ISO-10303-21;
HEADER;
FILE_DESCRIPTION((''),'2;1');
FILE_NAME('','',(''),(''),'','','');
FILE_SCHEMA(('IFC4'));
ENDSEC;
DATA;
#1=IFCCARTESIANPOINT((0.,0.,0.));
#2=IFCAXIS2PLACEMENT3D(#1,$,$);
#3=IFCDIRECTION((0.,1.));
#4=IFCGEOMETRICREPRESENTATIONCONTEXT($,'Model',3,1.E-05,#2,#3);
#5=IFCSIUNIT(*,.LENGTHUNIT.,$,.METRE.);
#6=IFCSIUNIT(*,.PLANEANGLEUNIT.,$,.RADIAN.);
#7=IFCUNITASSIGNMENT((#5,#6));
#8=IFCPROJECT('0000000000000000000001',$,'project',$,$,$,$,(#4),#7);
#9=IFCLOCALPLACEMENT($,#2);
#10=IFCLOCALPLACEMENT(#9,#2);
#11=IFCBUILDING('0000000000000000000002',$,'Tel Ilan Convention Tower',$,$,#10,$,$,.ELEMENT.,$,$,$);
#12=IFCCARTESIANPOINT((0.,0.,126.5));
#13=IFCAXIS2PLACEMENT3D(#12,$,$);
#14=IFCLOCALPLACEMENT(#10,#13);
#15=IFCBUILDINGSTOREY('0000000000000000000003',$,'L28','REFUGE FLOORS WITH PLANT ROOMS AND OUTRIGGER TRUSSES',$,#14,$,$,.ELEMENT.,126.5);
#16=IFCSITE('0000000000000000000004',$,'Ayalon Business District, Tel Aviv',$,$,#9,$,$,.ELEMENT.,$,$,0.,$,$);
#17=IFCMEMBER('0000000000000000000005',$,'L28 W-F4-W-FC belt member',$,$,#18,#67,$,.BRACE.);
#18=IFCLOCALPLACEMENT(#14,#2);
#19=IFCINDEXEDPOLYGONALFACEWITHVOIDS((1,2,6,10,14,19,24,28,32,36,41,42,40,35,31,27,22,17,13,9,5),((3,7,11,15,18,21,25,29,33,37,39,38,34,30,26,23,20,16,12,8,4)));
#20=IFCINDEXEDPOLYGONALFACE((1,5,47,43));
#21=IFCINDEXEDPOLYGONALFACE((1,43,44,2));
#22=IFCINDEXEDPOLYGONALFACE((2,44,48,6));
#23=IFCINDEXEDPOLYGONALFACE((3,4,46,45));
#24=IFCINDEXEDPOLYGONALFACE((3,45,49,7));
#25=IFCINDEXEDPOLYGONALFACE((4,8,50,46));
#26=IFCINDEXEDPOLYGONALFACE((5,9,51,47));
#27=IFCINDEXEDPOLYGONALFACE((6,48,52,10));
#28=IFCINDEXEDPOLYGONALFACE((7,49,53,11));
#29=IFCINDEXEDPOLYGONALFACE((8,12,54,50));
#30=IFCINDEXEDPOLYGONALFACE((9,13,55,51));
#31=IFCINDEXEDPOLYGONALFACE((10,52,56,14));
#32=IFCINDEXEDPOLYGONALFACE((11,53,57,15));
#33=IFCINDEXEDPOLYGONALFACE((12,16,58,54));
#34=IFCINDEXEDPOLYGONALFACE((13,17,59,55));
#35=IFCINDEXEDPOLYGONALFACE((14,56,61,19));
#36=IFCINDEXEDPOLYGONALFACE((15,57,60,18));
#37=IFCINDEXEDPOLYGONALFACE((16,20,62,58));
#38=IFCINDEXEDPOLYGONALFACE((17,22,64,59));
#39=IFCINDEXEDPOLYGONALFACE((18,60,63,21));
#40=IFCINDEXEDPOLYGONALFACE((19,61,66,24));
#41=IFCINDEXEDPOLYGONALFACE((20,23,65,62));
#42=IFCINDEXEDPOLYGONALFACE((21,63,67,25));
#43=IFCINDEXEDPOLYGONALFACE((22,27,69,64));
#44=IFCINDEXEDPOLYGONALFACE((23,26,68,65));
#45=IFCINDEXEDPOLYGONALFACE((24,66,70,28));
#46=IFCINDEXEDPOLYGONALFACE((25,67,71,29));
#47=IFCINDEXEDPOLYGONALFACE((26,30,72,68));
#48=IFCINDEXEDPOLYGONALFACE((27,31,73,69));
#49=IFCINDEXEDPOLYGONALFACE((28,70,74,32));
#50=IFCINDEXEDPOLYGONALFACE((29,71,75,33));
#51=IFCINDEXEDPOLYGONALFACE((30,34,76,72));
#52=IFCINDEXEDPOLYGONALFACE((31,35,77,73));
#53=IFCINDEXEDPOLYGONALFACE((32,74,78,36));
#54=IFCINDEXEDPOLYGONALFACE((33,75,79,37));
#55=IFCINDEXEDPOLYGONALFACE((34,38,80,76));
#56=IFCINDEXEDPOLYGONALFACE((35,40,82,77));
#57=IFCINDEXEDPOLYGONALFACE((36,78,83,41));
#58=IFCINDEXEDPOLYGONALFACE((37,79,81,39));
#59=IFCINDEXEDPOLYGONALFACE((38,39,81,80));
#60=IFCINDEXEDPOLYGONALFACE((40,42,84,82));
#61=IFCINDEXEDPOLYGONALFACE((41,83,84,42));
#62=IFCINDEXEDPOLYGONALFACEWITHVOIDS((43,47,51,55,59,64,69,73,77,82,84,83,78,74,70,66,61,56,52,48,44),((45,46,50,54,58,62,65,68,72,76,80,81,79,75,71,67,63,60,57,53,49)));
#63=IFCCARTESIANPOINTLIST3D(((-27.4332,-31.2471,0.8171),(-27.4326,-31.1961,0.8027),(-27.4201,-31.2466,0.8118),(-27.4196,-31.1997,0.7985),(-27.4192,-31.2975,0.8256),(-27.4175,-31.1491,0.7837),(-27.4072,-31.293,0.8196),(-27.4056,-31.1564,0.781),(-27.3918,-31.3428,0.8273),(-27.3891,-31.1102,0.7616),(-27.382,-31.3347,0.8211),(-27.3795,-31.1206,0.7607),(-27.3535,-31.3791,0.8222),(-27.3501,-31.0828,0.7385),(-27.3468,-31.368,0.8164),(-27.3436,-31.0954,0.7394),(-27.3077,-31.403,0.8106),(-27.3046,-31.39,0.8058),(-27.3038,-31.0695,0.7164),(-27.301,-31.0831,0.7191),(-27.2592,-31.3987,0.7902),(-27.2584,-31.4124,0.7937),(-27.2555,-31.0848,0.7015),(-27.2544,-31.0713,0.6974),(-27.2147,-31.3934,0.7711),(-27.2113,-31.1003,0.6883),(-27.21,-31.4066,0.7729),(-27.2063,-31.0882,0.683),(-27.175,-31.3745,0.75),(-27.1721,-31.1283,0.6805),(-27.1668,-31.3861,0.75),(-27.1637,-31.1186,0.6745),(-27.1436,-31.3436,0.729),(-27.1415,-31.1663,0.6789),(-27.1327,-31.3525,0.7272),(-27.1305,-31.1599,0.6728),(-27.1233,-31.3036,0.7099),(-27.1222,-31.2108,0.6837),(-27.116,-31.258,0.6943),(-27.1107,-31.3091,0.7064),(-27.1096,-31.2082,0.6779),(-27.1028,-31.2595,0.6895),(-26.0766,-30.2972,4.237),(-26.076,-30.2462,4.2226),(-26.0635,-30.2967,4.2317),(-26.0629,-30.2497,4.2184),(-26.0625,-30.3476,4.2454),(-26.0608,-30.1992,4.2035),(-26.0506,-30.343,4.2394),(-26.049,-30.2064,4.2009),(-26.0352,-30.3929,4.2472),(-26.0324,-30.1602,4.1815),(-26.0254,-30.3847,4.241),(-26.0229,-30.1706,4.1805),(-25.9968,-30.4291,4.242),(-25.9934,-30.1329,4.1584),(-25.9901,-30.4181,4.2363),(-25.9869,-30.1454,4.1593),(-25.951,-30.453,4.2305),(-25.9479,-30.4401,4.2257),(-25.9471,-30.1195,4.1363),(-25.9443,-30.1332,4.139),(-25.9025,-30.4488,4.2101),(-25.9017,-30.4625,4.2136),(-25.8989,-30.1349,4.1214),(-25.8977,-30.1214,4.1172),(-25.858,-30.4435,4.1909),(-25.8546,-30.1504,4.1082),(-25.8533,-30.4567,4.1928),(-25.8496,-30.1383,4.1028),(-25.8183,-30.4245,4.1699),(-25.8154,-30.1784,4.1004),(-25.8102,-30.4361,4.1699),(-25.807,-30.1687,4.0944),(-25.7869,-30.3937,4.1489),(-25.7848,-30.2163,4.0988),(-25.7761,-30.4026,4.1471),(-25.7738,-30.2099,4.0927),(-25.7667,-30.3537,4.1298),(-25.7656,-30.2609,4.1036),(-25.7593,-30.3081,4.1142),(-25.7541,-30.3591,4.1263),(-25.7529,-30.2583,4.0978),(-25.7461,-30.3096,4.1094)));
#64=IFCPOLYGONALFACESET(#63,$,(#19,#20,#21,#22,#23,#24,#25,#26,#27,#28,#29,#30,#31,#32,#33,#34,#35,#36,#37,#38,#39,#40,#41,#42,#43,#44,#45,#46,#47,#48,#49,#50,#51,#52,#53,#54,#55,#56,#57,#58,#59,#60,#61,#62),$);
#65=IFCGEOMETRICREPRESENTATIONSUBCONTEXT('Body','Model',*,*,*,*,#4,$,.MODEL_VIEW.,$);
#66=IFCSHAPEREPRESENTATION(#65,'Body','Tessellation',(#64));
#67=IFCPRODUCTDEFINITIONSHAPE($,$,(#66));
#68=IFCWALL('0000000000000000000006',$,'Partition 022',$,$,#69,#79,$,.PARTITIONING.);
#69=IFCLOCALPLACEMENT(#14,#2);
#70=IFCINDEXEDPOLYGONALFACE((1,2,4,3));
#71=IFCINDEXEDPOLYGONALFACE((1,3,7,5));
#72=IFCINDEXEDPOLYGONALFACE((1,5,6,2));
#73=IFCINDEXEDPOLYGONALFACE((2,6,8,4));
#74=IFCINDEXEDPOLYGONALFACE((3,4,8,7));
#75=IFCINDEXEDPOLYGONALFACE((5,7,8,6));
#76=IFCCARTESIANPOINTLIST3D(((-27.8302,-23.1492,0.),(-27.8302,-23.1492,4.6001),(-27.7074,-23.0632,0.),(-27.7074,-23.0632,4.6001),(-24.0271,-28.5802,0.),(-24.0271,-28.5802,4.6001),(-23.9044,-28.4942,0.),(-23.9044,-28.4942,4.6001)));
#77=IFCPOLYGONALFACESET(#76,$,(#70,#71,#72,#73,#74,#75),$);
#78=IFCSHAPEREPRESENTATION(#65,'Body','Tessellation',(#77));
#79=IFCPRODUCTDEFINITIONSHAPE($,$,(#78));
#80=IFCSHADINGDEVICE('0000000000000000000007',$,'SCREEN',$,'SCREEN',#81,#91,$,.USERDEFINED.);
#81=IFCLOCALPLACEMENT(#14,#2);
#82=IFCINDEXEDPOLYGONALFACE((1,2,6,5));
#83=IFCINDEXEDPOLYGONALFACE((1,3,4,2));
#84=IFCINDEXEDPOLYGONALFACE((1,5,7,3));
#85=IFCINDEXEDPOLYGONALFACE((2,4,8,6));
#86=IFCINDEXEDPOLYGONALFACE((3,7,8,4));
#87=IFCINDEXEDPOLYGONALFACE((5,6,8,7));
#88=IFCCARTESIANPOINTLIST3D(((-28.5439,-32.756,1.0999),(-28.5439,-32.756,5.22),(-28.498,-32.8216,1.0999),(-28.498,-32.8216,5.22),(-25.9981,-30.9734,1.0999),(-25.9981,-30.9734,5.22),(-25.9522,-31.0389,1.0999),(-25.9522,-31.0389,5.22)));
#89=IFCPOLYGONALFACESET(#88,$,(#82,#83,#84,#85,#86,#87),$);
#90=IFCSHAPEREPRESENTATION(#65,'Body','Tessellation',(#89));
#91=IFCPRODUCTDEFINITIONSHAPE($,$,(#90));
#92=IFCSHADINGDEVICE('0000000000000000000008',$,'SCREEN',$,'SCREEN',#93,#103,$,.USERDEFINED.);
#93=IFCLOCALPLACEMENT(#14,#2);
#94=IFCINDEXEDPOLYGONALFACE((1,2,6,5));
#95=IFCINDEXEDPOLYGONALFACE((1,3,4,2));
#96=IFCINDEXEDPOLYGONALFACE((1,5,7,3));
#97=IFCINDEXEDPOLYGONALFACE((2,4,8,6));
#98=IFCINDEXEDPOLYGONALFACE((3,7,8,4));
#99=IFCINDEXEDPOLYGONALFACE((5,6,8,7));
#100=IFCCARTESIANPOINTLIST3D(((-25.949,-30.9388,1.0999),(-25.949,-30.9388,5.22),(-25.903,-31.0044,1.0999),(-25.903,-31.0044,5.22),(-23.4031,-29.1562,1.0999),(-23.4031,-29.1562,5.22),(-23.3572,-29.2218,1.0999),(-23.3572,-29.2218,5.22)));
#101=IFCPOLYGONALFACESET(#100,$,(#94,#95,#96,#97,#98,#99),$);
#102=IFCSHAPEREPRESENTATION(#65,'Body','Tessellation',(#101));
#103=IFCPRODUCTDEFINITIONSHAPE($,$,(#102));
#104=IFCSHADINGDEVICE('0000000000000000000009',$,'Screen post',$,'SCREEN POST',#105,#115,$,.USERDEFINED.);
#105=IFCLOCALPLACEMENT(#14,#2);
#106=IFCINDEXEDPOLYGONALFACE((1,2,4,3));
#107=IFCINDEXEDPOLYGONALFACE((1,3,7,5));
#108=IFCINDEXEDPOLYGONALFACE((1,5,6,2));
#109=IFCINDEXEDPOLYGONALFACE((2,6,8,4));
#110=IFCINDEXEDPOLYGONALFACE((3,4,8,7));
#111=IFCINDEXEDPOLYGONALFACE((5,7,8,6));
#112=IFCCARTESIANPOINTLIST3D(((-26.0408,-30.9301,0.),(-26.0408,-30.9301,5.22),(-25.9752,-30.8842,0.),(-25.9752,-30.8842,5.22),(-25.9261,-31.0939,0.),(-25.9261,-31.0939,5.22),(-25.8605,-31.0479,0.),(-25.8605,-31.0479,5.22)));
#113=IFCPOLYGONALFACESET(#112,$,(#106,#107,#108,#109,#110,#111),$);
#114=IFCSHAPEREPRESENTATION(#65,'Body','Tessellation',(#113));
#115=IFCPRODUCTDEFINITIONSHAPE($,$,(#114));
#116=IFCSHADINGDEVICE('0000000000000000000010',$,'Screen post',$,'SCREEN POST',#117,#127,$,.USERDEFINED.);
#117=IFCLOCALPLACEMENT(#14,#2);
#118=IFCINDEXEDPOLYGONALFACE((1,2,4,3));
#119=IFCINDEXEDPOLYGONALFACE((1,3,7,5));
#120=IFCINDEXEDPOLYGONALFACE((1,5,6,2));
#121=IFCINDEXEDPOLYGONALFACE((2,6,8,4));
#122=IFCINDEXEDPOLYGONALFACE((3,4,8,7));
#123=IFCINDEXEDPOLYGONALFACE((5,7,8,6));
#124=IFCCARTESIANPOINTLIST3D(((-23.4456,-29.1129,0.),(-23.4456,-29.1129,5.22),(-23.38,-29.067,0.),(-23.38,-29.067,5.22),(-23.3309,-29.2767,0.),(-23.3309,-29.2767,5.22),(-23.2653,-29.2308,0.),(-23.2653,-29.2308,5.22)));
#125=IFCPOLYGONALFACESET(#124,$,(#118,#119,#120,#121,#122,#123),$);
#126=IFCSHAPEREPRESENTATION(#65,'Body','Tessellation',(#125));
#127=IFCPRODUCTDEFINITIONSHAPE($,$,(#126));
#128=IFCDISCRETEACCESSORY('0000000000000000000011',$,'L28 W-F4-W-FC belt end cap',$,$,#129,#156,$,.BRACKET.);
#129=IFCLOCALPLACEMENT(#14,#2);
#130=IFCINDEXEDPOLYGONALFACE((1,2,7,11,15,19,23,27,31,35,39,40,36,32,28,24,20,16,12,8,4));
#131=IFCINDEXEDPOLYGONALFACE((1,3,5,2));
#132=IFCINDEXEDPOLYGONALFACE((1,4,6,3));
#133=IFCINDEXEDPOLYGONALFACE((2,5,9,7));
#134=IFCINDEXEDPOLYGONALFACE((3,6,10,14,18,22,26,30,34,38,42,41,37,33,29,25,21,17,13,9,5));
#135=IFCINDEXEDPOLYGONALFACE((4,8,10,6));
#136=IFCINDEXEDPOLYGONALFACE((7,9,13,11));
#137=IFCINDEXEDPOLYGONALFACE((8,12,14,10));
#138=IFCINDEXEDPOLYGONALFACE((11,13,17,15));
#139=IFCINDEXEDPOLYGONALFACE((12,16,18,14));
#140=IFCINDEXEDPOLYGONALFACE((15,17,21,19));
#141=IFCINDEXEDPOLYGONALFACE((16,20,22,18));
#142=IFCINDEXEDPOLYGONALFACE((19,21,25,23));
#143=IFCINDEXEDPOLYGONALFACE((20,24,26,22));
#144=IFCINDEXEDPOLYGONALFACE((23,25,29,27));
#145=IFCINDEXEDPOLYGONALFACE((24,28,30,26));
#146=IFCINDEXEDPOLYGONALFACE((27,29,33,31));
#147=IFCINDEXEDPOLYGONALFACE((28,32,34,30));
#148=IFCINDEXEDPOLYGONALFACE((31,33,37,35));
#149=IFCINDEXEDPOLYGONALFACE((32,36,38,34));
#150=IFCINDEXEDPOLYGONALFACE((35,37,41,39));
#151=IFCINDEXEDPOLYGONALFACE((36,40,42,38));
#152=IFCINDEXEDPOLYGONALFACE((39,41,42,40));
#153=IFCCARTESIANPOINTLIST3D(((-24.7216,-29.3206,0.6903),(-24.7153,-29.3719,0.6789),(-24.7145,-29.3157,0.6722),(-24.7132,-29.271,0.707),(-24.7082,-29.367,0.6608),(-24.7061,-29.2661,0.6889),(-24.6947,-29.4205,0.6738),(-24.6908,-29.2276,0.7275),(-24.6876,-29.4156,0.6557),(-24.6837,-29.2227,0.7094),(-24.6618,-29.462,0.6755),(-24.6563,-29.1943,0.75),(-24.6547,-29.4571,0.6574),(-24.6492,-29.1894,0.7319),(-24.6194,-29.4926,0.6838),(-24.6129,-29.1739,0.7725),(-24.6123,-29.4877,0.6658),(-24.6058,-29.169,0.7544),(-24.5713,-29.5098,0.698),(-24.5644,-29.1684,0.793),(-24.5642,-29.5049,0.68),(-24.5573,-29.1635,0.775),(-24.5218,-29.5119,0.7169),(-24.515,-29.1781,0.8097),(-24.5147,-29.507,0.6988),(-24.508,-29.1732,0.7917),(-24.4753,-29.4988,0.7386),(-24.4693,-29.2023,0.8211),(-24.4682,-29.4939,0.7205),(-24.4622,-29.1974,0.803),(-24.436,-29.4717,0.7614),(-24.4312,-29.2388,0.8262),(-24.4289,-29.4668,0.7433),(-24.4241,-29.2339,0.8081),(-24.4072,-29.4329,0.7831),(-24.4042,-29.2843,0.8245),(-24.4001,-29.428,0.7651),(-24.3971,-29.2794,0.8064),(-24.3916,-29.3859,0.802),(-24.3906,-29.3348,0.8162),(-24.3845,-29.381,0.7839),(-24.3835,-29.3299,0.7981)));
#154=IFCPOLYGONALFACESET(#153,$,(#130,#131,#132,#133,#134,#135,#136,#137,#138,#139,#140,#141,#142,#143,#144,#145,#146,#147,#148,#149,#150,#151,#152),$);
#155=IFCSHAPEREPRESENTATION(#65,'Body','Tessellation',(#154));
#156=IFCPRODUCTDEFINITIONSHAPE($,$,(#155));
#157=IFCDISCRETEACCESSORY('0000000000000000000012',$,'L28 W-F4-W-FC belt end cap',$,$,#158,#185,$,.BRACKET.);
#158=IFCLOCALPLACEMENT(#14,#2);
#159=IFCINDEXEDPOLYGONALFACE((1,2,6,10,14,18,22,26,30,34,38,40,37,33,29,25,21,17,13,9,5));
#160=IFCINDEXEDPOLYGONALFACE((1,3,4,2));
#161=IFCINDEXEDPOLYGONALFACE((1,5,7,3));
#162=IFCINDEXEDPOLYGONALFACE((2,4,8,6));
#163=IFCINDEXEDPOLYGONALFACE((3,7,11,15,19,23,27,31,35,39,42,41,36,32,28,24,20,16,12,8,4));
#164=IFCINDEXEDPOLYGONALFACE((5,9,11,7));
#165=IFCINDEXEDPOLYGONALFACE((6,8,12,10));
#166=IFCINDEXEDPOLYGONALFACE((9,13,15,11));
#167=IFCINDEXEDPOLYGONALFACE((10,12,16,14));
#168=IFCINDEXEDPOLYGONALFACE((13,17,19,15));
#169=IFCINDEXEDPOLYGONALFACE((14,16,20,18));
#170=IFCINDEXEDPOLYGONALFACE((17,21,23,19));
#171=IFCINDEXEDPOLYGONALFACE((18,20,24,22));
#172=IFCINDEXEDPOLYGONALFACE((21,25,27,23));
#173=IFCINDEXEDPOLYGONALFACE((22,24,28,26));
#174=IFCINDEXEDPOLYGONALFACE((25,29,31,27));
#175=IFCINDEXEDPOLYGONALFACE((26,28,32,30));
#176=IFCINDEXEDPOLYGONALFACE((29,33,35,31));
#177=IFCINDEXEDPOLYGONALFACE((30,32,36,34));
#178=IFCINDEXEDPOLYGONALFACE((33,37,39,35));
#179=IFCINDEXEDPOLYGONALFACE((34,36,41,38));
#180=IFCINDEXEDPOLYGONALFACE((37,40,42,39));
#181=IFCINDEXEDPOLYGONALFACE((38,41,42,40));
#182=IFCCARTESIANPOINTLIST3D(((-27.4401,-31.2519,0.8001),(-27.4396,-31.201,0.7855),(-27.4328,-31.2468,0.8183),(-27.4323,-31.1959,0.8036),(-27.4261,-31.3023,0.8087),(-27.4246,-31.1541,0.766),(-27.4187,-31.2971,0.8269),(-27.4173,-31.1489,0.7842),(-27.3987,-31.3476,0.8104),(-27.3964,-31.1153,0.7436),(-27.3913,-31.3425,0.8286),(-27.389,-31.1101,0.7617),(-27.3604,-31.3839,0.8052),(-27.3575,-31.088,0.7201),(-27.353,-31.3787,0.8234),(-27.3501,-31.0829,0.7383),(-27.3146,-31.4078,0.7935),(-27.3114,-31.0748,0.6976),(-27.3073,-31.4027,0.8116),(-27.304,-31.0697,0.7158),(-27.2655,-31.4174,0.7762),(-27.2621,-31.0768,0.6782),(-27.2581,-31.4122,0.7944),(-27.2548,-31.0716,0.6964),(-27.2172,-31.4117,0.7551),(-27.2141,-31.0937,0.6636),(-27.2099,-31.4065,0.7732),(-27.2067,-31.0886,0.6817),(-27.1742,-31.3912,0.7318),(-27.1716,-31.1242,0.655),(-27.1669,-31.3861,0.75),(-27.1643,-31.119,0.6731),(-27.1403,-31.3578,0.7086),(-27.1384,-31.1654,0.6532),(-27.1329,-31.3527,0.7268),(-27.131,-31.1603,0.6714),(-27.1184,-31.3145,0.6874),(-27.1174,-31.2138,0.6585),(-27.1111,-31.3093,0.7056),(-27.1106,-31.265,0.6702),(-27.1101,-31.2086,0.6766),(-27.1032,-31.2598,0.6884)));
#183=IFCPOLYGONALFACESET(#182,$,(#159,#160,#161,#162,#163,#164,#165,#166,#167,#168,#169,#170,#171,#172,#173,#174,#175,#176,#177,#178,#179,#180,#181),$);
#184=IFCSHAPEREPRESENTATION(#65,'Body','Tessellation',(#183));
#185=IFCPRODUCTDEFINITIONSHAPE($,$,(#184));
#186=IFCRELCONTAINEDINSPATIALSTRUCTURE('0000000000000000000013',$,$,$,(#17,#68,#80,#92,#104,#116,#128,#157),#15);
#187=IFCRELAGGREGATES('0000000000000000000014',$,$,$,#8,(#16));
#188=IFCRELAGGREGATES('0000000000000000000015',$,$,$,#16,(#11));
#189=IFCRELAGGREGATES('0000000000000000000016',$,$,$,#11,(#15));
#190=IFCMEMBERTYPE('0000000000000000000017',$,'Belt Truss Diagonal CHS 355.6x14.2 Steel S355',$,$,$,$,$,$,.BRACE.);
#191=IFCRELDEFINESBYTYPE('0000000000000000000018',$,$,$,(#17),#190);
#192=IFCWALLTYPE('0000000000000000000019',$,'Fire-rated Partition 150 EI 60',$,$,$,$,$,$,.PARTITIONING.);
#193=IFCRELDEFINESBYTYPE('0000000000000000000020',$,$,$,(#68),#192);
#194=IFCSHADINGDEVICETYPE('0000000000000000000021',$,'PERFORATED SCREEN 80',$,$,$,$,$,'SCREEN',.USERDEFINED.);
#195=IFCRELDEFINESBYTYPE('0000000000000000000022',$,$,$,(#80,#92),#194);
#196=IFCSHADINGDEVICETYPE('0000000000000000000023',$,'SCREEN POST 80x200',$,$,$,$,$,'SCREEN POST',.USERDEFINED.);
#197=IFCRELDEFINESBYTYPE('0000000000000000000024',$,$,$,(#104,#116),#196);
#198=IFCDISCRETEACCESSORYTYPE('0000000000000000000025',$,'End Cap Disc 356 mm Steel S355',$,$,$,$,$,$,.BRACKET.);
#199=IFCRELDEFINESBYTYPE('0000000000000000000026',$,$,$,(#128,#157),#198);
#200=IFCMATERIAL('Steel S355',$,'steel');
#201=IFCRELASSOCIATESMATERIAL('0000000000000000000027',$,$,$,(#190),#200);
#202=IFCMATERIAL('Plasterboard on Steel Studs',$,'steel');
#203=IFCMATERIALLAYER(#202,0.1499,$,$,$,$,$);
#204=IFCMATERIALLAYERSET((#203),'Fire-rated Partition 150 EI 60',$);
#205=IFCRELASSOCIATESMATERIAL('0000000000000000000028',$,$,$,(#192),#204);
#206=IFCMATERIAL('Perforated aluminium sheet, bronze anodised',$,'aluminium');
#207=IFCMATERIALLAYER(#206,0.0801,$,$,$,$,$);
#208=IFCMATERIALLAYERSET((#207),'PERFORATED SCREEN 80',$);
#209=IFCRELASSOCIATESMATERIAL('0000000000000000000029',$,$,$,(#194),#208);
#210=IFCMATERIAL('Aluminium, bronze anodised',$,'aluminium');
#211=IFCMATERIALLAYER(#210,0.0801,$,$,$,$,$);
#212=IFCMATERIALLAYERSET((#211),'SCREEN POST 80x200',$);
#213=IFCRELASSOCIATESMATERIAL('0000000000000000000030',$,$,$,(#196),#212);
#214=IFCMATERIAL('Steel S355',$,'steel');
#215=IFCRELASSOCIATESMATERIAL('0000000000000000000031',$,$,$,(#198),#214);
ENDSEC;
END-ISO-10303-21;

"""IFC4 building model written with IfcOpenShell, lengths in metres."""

from ifc_helpers import new_model, si_unit, direction, frame, frame_2d, origin, origin_2d, place, context, subcontext, project, spatial, rectangle, circle, hollow_circle, extrude, material, layer, layer_set, material_profile, profile_set, type_object, element, save


model = new_model("IFC4")

# Units and contexts
model_context = context("Model", 3, precision=1e-05, world=origin(), true_north=direction((0.0, 1.0)))
body_context = subcontext(model_context, "Body", "Model", "MODEL_VIEW")
ifc_project = project(units=[si_unit("LENGTHUNIT", "METRE"), si_unit("PLANEANGLEUNIT", "RADIAN")], contexts=[model_context])

# Site, building, storey
site_placement = place(None, origin())
site = spatial("IfcSite", under=ifc_project, at=site_placement, Name="Ayalon Business District, Tel Aviv", CompositionType="ELEMENT", RefElevation=0.0)
building_placement = place(site_placement, origin())
building = spatial("IfcBuilding", under=site, at=building_placement, Name="Tel Ilan Convention Tower", CompositionType="ELEMENT")
storey_placement = place(building_placement, frame((0.0, 0.0, 126.5)))
storey = spatial("IfcBuildingStorey", under=building, at=storey_placement, Name="L28", Description="REFUGE FLOORS WITH PLANT ROOMS AND OUTRIGGER TRUSSES", CompositionType="ELEMENT", Elevation=126.5)

# Member
ifc_material_1 = material(Name="Steel S355", Category="steel")
ifc_material_profile_1 = material_profile(ifc_material_1, hollow_circle(Radius=0.1777, WallThickness=0.0142, at=origin_2d()), Name="CHS 355.6x14.2")
ifc_profile_set_1 = profile_set([ifc_material_profile_1], Name="Steel S355")
member_type_1 = type_object("IfcMemberType", Name="Belt Truss Diagonal CHS 355.6x14.2 Steel S355", PredefinedType="BRACE", material=ifc_profile_set_1)
for number, where, z_axis, x_axis, name in (
    (1, (-25.9121, -30.2905, 4.1699), (-0.357037, -0.249997, -0.900014), (0.573571, -0.819156, 0.0), "L28 W-F4-W-FC belt member"),
):
    element("IfcMember", number, at=place(storey_placement, frame(where, z_axis=z_axis, x_axis=x_axis)), inside=storey, type_object=member_type_1, Name=name, PredefinedType="BRACE", context=body_context, shape_type="SweptSolid", body=[
        extrude(hollow_circle(Radius=0.1777, WallThickness=0.0142, at=origin_2d()), origin(), (0.0, 0.0, 1.0), 3.7998),
    ])

# Wall
ifc_material_2 = material(Name="Plasterboard on Steel Studs", Category="steel")
ifc_layer_1 = layer(ifc_material_2, 0.1499)
ifc_layer_set_1 = layer_set([ifc_layer_1], Name="Fire-rated Partition 150 EI 60")
wall_type = type_object("IfcWallType", Name="Fire-rated Partition 150 EI 60", PredefinedType="PARTITIONING", material=ifc_layer_set_1)
wall_placement = place(storey_placement, frame((-23.9658, -28.5371, 0.0), z_axis=(0.0, 0.0, 1.0), x_axis=(-0.573598, 0.819137, 0.0)))
element("IfcWall", 2, at=wall_placement, inside=storey, type_object=wall_type, Name="Partition 022", PredefinedType="PARTITIONING", context=body_context, shape_type="SweptSolid", body=[
    extrude(rectangle(XDim=6.6301, YDim=0.1499, at=frame_2d((3.3149, 0.0))), origin(), (0.0, 0.0, 1.0), 4.6001),
])

# Shading devices
ifc_material_3 = material(Name="Perforated aluminium sheet, bronze anodised", Category="aluminium")
ifc_layer_2 = layer(ifc_material_3, 0.0801)
ifc_layer_set_2 = layer_set([ifc_layer_2], Name="PERFORATED SCREEN 80")
shading_device_type_1 = type_object("IfcShadingDeviceType", Name="PERFORATED SCREEN 80", ElementType="SCREEN", PredefinedType="USERDEFINED", material=ifc_layer_set_2)
for number, where, z_axis, x_axis, name in (
    (3, (-27.248, -31.8975, 1.0999), (0.0, 0.0, 1.0), (0.819152, 0.573576, 0.0), "SCREEN"),
    (4, (-24.6531, -30.0803, 1.0999), (0.0, 0.0, 1.0), (0.819152, 0.573576, 0.0), "SCREEN"),
):
    element("IfcShadingDevice", number, at=place(storey_placement, frame(where, z_axis=z_axis, x_axis=x_axis)), inside=storey, type_object=shading_device_type_1, Name=name, ObjectType="SCREEN", PredefinedType="USERDEFINED", context=body_context, shape_type="SweptSolid", body=[
        extrude(rectangle(XDim=3.1079, YDim=0.0801, at=origin_2d()), origin(), (0.0, 0.0, 1.0), 4.1201),
    ])
ifc_material_4 = material(Name="Aluminium, bronze anodised", Category="aluminium")
ifc_layer_3 = layer(ifc_material_4, 0.0801)
ifc_layer_set_3 = layer_set([ifc_layer_3], Name="SCREEN POST 80x200")
shading_device_type_2 = type_object("IfcShadingDeviceType", Name="SCREEN POST 80x200", ElementType="SCREEN POST", PredefinedType="USERDEFINED", material=ifc_layer_set_3)
for number, where, z_axis, x_axis, name in (
    (5, (-25.9507, -30.989, 0.0), (0.0, 0.0, 1.0), (0.819152, 0.573576, 0.0), "Screen post"),
    (6, (-23.3555, -29.1719, 0.0), (0.0, 0.0, 1.0), (0.819152, 0.573576, 0.0), "Screen post"),
):
    element("IfcShadingDevice", number, at=place(storey_placement, frame(where, z_axis=z_axis, x_axis=x_axis)), inside=storey, type_object=shading_device_type_2, Name=name, ObjectType="SCREEN POST", PredefinedType="USERDEFINED", context=body_context, shape_type="SweptSolid", body=[
        extrude(rectangle(XDim=0.0801, YDim=0.2, at=origin_2d()), origin(), (0.0, 0.0, 1.0), 5.22),
    ])

# Discrete accessories
ifc_material_5 = material(Name="Steel S355", Category="steel")
ifc_material_profile_2 = material_profile(ifc_material_5, circle(Radius=0.1777, at=origin_2d()), Name="End Cap Disc 356 mm Steel S355")
ifc_profile_set_2 = profile_set([ifc_material_profile_2], Name="Steel S355")
discrete_accessory_type_1 = type_object("IfcDiscreteAccessoryType", Name="End Cap Disc 356 mm Steel S355", PredefinedType="BRACKET", material=ifc_profile_set_2)
discrete_accessory_1_placement = place(storey_placement, frame((-24.5554, -29.3406, 0.75), z_axis=(0.353843, 0.244029, -0.902909), x_axis=(-0.567733, 0.823213, 0.0)))
element("IfcDiscreteAccessory", 7, at=discrete_accessory_1_placement, inside=storey, type_object=discrete_accessory_type_1, Name="L28 W-F4-W-FC belt end cap", PredefinedType="BRACKET", context=body_context, shape_type="SweptSolid", body=[
    extrude(circle(Radius=0.1777, at=origin_2d()), origin(), (0.0, 0.0, 1.0), 0.02),
])
discrete_accessory_2_placement = place(storey_placement, frame((-27.2688, -31.2405, 0.75), z_axis=(-0.36335, -0.254345, -0.896262), x_axis=(0.573462, -0.819232, 0.0)))
element("IfcDiscreteAccessory", 8, at=discrete_accessory_2_placement, inside=storey, type_object=discrete_accessory_type_1, Name="L28 W-F4-W-FC belt end cap", PredefinedType="BRACKET", context=body_context, shape_type="SweptSolid", body=[
    extrude(circle(Radius=0.1777, at=origin_2d()), origin(), (0.0, 0.0, 1.0), 0.0203),
])

save(model, "model.ifc")
